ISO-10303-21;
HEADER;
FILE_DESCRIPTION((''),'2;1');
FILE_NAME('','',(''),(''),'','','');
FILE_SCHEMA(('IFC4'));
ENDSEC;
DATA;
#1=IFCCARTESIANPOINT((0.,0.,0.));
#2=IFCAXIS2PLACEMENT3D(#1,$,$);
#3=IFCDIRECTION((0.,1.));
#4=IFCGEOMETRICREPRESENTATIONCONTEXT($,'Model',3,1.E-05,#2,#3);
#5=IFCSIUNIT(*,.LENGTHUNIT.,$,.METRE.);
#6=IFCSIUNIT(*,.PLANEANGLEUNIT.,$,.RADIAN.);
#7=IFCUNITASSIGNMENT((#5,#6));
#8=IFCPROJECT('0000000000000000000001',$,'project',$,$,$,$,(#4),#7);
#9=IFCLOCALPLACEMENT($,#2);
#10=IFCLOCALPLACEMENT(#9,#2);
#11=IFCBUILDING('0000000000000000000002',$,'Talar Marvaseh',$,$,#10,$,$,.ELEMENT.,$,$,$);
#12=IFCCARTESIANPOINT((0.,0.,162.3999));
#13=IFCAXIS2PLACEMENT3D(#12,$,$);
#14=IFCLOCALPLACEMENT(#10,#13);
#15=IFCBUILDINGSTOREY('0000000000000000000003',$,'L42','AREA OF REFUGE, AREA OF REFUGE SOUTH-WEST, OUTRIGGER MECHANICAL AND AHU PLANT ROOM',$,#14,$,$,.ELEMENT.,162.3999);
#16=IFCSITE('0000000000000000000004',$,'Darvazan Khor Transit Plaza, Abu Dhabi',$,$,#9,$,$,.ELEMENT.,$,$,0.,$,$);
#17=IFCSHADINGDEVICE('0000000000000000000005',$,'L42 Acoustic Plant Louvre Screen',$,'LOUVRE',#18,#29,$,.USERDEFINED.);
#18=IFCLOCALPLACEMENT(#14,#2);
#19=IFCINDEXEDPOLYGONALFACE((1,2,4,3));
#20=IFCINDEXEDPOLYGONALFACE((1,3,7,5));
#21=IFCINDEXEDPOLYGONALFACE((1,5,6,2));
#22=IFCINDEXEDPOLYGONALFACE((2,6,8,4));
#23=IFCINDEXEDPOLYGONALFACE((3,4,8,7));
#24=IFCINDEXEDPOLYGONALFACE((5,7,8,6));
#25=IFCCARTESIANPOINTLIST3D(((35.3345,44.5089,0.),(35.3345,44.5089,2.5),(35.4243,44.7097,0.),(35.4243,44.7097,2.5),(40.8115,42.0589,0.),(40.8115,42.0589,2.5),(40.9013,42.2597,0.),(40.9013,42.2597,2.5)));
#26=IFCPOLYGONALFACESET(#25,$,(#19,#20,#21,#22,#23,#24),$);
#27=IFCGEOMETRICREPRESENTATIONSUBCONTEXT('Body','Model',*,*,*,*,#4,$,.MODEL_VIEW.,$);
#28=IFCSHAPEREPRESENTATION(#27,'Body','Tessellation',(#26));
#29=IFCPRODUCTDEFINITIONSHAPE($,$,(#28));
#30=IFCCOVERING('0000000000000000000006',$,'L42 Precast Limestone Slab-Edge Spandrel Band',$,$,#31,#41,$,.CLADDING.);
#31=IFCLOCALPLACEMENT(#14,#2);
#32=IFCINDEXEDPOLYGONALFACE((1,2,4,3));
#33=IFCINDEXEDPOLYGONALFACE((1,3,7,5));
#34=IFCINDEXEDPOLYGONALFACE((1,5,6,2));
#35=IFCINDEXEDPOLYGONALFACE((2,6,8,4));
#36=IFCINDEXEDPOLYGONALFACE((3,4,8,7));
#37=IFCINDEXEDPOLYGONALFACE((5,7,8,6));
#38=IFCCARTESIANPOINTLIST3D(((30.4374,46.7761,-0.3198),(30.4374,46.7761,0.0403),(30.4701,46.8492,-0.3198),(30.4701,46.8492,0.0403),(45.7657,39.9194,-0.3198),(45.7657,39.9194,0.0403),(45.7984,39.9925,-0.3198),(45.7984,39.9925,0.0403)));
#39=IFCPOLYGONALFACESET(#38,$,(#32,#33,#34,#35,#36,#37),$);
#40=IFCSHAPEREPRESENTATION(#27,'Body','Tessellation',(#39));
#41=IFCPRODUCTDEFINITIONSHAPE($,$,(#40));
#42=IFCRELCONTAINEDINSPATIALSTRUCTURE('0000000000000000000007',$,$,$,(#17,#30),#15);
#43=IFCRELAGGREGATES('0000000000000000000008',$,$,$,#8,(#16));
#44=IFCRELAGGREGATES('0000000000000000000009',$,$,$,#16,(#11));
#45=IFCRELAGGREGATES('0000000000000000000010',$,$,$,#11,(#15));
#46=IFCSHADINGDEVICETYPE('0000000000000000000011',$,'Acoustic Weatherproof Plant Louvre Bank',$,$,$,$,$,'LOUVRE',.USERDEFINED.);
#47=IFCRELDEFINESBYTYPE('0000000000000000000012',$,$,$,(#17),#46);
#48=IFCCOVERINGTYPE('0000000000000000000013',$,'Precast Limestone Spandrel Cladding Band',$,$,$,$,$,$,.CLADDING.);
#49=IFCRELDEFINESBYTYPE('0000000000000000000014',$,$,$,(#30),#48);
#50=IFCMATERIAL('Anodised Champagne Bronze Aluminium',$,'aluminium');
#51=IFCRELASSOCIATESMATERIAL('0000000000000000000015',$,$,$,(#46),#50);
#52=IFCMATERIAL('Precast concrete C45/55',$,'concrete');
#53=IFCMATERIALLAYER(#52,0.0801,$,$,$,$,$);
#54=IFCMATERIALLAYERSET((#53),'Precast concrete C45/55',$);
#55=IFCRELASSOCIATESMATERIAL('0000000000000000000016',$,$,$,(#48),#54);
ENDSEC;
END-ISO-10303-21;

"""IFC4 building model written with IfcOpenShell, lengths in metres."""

from ifc_helpers import new_model, si_unit, direction, frame, origin, origin_2d, place, context, subcontext, project, spatial, rectangle, extrude, source, transform, mapped, material, layer, layer_set, type_object, type_shapes, element, save


model = new_model("IFC4")

# Units and contexts
model_context = context("Model", 3, precision=1e-05, world=origin(), true_north=direction((0.0, 1.0)))
body_context = subcontext(model_context, "Body", "Model", "MODEL_VIEW")
ifc_project = project(units=[si_unit("LENGTHUNIT", "METRE"), si_unit("PLANEANGLEUNIT", "RADIAN")], contexts=[model_context])

# Site, building, storey
site_placement = place(None, origin())
site = spatial("IfcSite", under=ifc_project, at=site_placement, Name="Darvazan Khor Transit Plaza, Abu Dhabi", CompositionType="ELEMENT", RefElevation=0.0)
building_placement = place(site_placement, origin())
building = spatial("IfcBuilding", under=site, at=building_placement, Name="Talar Marvaseh", CompositionType="ELEMENT")
storey_placement = place(building_placement, frame((0.0, 0.0, 162.3999)))
storey = spatial("IfcBuildingStorey", under=building, at=storey_placement, Name="L42", Description="AREA OF REFUGE, AREA OF REFUGE SOUTH-WEST, OUTRIGGER MECHANICAL AND AHU PLANT ROOM", CompositionType="ELEMENT", Elevation=162.3999)

# Shared definitions
ifc_material_1 = material(Name="Precast concrete C45/55", Category="concrete")

# Shading device
ifc_material_2 = material(Name="Anodised Champagne Bronze Aluminium", Category="aluminium")
shading_device_type = type_object("IfcShadingDeviceType", Name="Acoustic Weatherproof Plant Louvre Bank", ElementType="LOUVRE", PredefinedType="USERDEFINED", material=ifc_material_2)
shared_shape_1 = source(origin(), body_context, "Body", "SweptSolid", [
    extrude(rectangle(XDim=6.0, YDim=0.22, at=origin_2d()), origin(), (0.0, 0.0, 1.0), 2.5),
])
type_shapes(shading_device_type, [shared_shape_1])
shading_device_placement = place(storey_placement, frame((38.1179, 43.3843, 0.0), z_axis=(0.0, 0.0, 1.0), x_axis=(0.912834, -0.40833, 0.0)))
element("IfcShadingDevice", 1, at=shading_device_placement, inside=storey, type_object=shading_device_type, Name="L42 Acoustic Plant Louvre Screen", ObjectType="LOUVRE", PredefinedType="USERDEFINED", context=body_context, shape_type="MappedRepresentation", body=[
    mapped(shared_shape_1, transform((0.0, 0.0, 0.0), x_axis=(1.0, 0.0, 0.0), y_axis=(0.0, 1.0, 0.0), z_axis=(0.0, 0.0, 1.0), scale=1.0)),
])

# Covering
ifc_layer_1 = layer(ifc_material_1, 0.0801)
ifc_layer_set_1 = layer_set([ifc_layer_1], Name="Precast concrete C45/55")
covering_type = type_object("IfcCoveringType", Name="Precast Limestone Spandrel Cladding Band", PredefinedType="CLADDING", material=ifc_layer_set_1)
shared_shape_2 = source(origin(), body_context, "Body", "SweptSolid", [
    extrude(rectangle(XDim=16.792, YDim=0.0801, at=origin_2d()), origin(), (0.0, 0.0, 1.0), 0.3601),
])
type_shapes(covering_type, [shared_shape_2])
covering_placement = place(storey_placement, frame((38.1179, 43.3843, -0.3198), z_axis=(0.0, 0.0, 1.0), x_axis=(0.912834, -0.40833, 0.0)))
element("IfcCovering", 2, at=covering_placement, inside=storey, type_object=covering_type, Name="L42 Precast Limestone Slab-Edge Spandrel Band", PredefinedType="CLADDING", context=body_context, shape_type="MappedRepresentation", body=[
    mapped(shared_shape_2, transform((0.0, 0.0, 0.0), x_axis=(1.0, 0.0, 0.0), y_axis=(0.0, 1.0, 0.0), z_axis=(0.0, 0.0, 1.0), scale=1.0)),
])

save(model, "model.ifc")
